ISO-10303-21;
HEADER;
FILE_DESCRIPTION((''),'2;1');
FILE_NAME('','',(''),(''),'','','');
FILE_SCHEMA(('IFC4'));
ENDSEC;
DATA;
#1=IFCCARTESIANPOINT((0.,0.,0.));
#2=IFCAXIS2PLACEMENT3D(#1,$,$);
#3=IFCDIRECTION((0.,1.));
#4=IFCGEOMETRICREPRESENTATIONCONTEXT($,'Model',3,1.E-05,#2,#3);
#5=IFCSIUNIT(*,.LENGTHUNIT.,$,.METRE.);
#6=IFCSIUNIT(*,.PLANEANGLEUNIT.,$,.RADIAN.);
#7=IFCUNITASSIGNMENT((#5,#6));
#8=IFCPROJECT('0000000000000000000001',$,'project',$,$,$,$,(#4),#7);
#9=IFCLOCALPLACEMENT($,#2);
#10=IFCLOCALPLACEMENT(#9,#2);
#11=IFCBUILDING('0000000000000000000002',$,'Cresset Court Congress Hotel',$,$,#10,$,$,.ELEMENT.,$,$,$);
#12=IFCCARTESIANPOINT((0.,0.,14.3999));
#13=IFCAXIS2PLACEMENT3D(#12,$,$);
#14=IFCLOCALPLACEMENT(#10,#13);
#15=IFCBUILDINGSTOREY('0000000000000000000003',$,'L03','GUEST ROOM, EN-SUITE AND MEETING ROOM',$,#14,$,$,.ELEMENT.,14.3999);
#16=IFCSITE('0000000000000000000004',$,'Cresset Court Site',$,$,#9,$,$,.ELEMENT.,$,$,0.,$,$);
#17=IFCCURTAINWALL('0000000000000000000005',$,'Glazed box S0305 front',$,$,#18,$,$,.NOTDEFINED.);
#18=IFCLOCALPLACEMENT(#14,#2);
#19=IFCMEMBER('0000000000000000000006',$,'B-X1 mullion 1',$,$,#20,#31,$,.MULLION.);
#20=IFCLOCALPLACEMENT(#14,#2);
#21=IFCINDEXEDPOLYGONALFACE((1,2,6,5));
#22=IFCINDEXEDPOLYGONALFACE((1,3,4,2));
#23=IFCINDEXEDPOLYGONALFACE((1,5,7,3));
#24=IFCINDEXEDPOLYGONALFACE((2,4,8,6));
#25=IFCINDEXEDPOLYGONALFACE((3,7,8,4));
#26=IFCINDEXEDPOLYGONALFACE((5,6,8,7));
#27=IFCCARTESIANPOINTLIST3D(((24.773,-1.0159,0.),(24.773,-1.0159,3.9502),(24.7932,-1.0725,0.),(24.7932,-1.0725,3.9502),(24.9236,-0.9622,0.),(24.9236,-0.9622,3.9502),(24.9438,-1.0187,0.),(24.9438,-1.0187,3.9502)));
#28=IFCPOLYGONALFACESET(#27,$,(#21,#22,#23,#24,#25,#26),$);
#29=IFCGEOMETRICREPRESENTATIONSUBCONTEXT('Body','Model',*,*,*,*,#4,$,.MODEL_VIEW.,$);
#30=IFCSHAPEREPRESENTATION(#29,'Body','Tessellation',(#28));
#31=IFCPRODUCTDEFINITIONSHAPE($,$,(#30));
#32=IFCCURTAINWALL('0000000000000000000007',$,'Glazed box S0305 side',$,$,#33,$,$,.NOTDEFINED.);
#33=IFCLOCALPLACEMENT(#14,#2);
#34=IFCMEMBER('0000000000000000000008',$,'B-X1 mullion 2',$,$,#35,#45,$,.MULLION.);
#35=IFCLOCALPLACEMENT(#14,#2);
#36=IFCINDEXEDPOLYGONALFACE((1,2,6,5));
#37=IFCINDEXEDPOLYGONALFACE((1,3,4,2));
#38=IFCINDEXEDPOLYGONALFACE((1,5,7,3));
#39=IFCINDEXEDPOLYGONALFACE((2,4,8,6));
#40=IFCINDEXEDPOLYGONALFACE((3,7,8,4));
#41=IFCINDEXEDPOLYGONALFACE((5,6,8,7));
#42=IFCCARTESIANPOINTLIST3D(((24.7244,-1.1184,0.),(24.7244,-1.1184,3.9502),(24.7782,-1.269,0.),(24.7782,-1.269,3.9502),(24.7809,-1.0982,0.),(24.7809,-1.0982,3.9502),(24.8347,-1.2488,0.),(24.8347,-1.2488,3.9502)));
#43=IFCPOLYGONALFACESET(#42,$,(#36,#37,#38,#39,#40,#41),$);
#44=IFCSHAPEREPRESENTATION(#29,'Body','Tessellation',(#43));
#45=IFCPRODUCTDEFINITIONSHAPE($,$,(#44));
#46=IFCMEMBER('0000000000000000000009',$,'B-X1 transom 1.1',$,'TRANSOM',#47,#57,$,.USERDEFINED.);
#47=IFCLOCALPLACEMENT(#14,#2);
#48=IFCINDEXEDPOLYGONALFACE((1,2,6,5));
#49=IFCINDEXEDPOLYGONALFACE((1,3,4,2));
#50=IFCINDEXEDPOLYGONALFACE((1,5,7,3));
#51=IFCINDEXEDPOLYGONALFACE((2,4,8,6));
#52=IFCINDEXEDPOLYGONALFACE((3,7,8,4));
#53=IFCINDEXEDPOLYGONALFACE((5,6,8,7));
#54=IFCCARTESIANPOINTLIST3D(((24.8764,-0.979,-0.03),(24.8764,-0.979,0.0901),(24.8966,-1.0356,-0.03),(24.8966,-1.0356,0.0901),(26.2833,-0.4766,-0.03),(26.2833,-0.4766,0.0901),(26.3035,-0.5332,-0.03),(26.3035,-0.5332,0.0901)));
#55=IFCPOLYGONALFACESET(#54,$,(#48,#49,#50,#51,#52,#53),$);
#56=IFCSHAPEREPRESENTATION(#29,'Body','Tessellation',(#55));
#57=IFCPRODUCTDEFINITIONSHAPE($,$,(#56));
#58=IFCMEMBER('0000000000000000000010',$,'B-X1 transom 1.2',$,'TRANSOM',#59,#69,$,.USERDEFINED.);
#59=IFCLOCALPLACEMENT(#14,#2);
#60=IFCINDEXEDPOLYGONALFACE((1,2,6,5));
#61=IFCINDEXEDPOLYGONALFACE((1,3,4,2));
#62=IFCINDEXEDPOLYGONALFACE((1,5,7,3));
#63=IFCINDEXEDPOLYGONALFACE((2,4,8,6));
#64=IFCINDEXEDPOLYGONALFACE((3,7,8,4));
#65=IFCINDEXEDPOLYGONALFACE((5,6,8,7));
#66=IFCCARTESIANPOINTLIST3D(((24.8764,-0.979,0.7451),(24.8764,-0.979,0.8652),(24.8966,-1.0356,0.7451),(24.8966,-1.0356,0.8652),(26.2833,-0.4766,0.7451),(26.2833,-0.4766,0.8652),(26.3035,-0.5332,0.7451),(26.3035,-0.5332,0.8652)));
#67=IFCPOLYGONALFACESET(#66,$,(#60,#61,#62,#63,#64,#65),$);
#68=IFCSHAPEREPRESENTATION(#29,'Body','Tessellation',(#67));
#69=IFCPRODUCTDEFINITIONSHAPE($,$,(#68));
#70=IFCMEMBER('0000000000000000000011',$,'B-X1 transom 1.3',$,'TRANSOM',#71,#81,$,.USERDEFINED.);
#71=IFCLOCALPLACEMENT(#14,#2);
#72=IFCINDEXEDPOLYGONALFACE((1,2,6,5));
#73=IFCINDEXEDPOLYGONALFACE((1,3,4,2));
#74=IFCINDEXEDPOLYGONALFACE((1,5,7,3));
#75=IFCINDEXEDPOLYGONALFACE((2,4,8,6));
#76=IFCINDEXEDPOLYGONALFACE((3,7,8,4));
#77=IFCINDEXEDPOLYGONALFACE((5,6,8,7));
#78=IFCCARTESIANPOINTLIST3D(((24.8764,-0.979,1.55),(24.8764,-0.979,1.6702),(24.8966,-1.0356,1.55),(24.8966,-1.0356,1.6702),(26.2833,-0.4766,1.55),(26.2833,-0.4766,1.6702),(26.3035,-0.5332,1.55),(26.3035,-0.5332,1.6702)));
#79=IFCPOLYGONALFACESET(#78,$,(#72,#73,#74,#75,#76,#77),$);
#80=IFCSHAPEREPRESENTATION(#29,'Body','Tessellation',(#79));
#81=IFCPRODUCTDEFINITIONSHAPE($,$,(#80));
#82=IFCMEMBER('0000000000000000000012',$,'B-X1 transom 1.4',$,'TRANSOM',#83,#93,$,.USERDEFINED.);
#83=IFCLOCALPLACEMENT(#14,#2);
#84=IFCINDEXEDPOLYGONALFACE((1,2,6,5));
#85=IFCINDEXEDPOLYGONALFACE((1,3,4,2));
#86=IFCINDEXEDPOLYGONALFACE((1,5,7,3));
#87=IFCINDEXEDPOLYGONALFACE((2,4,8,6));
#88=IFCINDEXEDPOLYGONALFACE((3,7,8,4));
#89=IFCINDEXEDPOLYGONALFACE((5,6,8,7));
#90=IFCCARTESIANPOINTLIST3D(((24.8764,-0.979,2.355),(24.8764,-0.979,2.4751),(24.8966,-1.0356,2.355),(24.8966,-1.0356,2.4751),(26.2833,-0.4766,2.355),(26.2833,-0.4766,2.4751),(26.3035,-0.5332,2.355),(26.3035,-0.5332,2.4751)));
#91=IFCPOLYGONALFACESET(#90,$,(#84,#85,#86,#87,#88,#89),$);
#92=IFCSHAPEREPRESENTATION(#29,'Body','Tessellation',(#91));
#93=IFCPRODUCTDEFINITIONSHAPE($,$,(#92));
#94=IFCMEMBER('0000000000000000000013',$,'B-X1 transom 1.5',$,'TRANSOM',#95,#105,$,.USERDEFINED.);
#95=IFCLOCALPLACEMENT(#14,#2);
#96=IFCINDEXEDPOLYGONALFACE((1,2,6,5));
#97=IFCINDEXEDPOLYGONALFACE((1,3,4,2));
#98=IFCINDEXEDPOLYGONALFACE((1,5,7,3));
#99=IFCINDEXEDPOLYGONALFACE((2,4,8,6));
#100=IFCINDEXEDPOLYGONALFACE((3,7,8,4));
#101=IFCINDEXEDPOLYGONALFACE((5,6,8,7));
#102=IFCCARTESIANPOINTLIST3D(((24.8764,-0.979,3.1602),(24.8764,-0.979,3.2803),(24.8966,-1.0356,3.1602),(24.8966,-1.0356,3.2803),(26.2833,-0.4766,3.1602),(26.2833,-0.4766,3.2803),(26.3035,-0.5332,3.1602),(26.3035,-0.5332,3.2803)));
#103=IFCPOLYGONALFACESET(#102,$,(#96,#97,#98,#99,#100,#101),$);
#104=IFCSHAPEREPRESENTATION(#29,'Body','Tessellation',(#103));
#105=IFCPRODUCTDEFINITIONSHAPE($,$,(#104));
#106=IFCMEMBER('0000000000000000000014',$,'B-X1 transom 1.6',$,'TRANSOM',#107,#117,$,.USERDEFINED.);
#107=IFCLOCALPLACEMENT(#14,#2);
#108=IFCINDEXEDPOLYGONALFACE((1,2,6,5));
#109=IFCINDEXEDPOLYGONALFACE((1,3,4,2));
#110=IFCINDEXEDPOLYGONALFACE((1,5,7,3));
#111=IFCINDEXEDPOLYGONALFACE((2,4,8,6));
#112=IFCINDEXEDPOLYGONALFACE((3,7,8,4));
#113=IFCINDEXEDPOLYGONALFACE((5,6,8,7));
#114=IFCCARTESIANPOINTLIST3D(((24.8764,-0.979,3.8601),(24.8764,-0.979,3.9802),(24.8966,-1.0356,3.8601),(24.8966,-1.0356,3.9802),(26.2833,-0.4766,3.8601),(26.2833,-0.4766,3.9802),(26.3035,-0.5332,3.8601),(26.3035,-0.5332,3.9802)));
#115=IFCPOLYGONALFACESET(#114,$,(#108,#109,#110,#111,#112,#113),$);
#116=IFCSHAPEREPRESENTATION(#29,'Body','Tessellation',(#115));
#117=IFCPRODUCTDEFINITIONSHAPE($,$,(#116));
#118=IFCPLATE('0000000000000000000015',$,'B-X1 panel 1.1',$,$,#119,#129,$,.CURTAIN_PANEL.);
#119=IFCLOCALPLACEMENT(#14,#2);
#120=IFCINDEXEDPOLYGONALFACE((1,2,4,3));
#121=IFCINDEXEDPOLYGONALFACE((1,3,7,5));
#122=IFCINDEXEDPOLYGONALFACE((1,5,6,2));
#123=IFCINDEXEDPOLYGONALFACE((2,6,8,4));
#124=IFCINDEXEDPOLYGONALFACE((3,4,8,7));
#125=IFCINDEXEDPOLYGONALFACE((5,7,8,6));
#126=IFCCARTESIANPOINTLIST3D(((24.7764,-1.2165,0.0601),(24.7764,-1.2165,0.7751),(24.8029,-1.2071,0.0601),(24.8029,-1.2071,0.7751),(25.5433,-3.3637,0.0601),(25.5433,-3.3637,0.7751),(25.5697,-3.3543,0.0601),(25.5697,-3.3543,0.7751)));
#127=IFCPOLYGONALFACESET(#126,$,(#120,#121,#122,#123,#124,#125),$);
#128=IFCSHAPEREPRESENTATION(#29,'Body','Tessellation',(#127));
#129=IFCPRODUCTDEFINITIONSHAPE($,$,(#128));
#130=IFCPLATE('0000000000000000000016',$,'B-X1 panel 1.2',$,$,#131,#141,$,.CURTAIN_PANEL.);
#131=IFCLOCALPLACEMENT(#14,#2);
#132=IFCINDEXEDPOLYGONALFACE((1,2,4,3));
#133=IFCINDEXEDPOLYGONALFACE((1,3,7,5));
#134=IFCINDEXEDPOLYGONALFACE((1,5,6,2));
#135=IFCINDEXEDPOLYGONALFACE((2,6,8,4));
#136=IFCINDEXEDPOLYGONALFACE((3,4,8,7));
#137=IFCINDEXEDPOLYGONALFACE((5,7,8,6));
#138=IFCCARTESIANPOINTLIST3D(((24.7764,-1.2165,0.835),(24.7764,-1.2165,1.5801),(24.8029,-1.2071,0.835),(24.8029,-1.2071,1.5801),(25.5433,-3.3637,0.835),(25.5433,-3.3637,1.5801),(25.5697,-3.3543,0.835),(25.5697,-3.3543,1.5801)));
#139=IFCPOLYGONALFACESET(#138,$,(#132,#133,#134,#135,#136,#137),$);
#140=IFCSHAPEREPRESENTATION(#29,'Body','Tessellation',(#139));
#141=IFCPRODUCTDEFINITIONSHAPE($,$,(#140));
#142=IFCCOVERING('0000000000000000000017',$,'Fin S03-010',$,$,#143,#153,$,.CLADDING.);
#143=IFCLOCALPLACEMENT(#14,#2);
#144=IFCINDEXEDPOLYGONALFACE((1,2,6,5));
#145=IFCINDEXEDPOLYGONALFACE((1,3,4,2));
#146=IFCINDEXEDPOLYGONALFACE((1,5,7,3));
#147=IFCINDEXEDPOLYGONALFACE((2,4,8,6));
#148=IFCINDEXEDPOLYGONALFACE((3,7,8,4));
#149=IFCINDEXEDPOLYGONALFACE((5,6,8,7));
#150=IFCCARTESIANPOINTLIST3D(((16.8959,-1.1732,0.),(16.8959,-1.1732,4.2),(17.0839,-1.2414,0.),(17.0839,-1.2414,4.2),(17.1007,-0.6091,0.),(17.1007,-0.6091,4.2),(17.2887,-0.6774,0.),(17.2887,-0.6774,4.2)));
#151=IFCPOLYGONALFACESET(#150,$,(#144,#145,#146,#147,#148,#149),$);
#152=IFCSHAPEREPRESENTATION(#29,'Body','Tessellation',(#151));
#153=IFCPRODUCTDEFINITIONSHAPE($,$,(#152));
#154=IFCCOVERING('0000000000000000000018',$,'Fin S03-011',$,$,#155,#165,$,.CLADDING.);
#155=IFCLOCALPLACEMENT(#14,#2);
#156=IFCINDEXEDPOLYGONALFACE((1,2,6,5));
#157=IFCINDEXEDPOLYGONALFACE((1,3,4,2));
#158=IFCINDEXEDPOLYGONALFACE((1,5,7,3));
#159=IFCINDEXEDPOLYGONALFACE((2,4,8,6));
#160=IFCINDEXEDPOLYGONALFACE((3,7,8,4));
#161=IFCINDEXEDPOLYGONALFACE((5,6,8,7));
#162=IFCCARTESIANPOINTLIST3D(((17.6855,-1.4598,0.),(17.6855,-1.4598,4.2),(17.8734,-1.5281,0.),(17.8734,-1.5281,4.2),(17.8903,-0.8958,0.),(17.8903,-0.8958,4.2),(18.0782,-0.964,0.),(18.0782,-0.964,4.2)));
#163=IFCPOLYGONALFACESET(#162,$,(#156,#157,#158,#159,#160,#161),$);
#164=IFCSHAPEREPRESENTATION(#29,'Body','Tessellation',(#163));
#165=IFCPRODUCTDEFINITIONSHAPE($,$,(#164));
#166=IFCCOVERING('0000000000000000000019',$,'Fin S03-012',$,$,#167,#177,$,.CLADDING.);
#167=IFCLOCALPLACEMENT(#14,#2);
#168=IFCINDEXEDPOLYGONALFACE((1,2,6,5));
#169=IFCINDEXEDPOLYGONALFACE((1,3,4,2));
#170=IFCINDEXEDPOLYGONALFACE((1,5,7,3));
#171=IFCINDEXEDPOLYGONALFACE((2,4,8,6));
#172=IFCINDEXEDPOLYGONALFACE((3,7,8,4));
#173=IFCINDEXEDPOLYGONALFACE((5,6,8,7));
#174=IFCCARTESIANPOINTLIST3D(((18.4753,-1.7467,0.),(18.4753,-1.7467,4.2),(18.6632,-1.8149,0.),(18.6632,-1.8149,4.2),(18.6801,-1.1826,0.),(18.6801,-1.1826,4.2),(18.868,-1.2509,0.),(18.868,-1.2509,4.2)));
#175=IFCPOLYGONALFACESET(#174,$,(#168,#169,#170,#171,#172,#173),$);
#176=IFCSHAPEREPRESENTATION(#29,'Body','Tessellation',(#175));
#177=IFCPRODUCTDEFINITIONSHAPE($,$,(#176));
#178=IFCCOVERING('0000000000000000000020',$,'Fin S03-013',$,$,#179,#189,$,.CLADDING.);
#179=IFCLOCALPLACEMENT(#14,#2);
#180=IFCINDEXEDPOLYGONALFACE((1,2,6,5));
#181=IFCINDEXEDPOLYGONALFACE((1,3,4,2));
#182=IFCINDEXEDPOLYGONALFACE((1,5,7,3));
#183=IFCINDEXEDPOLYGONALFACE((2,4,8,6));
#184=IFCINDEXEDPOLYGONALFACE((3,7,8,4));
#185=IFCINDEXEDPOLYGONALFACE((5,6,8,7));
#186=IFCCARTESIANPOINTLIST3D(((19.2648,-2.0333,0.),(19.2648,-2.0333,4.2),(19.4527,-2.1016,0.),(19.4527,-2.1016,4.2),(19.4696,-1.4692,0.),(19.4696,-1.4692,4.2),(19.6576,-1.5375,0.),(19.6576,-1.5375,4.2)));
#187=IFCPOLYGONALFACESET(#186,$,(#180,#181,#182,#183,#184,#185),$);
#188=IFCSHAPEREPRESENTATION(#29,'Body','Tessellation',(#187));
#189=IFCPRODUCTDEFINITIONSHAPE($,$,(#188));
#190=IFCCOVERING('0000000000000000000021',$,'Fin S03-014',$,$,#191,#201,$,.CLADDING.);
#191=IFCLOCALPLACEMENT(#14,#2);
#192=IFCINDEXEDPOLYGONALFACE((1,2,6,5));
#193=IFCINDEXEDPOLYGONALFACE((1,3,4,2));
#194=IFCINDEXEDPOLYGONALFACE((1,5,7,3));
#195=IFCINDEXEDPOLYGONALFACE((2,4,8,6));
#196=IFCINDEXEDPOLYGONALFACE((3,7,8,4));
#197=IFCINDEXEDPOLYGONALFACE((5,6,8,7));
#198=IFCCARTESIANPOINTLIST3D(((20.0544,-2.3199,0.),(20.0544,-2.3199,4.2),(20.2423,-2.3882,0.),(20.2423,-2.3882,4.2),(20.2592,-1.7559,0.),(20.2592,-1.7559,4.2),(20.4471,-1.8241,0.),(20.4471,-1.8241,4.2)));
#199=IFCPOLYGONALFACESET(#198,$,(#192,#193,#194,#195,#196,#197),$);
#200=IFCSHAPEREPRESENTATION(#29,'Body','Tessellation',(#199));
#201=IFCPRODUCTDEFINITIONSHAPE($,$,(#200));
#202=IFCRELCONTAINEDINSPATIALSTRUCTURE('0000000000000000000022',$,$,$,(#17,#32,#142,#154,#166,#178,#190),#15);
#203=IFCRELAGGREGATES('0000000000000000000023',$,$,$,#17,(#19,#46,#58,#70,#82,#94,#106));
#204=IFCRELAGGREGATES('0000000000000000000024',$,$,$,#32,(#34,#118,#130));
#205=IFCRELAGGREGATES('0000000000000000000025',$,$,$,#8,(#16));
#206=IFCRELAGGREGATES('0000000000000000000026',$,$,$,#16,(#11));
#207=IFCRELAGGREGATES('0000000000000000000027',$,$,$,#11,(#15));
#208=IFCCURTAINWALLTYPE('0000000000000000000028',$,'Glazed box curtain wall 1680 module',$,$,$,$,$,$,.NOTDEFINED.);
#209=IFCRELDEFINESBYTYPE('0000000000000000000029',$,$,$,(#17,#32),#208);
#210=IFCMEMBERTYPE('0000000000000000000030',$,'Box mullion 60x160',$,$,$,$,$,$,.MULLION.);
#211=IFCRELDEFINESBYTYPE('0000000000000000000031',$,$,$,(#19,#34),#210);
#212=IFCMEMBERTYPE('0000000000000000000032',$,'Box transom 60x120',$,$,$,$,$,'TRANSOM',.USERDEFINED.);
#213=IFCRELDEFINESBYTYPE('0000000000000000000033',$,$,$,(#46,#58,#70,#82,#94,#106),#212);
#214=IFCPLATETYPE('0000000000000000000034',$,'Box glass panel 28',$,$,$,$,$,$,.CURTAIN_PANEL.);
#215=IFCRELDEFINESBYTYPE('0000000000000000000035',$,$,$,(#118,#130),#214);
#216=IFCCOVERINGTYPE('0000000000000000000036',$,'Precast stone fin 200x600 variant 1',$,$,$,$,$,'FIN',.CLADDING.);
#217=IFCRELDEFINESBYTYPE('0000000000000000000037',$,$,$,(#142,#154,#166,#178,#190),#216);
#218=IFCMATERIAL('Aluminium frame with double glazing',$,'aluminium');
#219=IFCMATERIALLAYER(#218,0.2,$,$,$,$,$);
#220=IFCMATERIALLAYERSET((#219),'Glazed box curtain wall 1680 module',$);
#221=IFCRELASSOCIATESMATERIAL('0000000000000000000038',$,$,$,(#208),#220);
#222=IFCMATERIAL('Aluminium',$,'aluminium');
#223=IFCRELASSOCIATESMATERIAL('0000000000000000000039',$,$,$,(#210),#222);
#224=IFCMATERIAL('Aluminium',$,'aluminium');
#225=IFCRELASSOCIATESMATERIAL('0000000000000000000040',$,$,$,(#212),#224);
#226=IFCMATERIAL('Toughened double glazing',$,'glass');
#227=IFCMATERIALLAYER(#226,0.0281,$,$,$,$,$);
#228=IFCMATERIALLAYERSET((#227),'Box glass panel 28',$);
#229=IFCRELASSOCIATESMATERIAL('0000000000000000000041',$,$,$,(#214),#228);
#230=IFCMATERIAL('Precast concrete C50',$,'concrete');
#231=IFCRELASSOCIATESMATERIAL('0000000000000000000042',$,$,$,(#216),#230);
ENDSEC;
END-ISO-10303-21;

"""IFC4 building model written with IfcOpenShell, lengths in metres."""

from ifc_helpers import new_model, si_unit, direction, frame, origin, origin_2d, place, context, subcontext, project, spatial, rectangle, extrude, material, layer, layer_set, material_profile, profile_set, type_object, element, aggregate, save


model = new_model("IFC4")

# Units and contexts
model_context = context("Model", 3, precision=1e-05, world=origin(), true_north=direction((0.0, 1.0)))
body_context = subcontext(model_context, "Body", "Model", "MODEL_VIEW")
ifc_project = project(units=[si_unit("LENGTHUNIT", "METRE"), si_unit("PLANEANGLEUNIT", "RADIAN")], contexts=[model_context])

# Site, building, storey
site_placement = place(None, origin())
site = spatial("IfcSite", under=ifc_project, at=site_placement, Name="Cresset Court Site", CompositionType="ELEMENT", RefElevation=0.0)
building_placement = place(site_placement, origin())
building = spatial("IfcBuilding", under=site, at=building_placement, Name="Cresset Court Congress Hotel", CompositionType="ELEMENT")
storey_placement = place(building_placement, frame((0.0, 0.0, 14.3999)))
storey = spatial("IfcBuildingStorey", under=building, at=storey_placement, Name="L03", Description="GUEST ROOM, EN-SUITE AND MEETING ROOM", CompositionType="ELEMENT", Elevation=14.3999)

# Curtain walls, members
ifc_material_1 = material(Name="Aluminium frame with double glazing", Category="aluminium")
ifc_layer_1 = layer(ifc_material_1, 0.2)
ifc_layer_set_1 = layer_set([ifc_layer_1], Name="Glazed box curtain wall 1680 module")
curtain_wall_type = type_object("IfcCurtainWallType", Name="Glazed box curtain wall 1680 module", PredefinedType="NOTDEFINED", material=ifc_layer_set_1)
curtain_wall_1_placement = place(storey_placement, origin())
curtain_wall_1 = element("IfcCurtainWall", 1, at=curtain_wall_1_placement, inside=storey, type_object=curtain_wall_type, Name="Glazed box S0305 front", PredefinedType="NOTDEFINED")
ifc_material_2 = material(Name="Aluminium", Category="aluminium")
ifc_material_profile_1 = material_profile(ifc_material_2, rectangle(XDim=0.0601, YDim=0.1599, at=origin_2d()), Name="Box mullion 60x160")
ifc_profile_set_1 = profile_set([ifc_material_profile_1], Name="Aluminium")
member_type_1 = type_object("IfcMemberType", Name="Box mullion 60x160", PredefinedType="MULLION", material=ifc_profile_set_1)
member_1_placement = place(storey_placement, frame((24.8584, -1.0173, 0.0), z_axis=(0.0, 0.0, 1.0), x_axis=(-0.336336, 0.941742, 0.0)))
member_1 = element("IfcMember", 2, at=member_1_placement, type_object=member_type_1, Name="B-X1 mullion 1", PredefinedType="MULLION", context=body_context, shape_type="SweptSolid", body=[
    extrude(rectangle(XDim=0.0601, YDim=0.1599, at=origin_2d()), origin(), (0.0, 0.0, 1.0), 3.9502),
])
curtain_wall_2_placement = place(storey_placement, origin())
curtain_wall_2 = element("IfcCurtainWall", 3, at=curtain_wall_2_placement, inside=storey, type_object=curtain_wall_type, Name="Glazed box S0305 side", PredefinedType="NOTDEFINED")
member_2_placement = place(storey_placement, frame((24.7795, -1.1836, 0.0), z_axis=(0.0, 0.0, 1.0), x_axis=(-0.941742, -0.336336, 0.0)))
member_2 = element("IfcMember", 4, at=member_2_placement, type_object=member_type_1, Name="B-X1 mullion 2", PredefinedType="MULLION", context=body_context, shape_type="SweptSolid", body=[
    extrude(rectangle(XDim=0.0601, YDim=0.1599, at=origin_2d()), origin(), (0.0, 0.0, 1.0), 3.9502),
])

# Members
ifc_material_3 = material(Name="Aluminium", Category="aluminium")
ifc_material_profile_2 = material_profile(ifc_material_3, rectangle(XDim=0.0601, YDim=0.1201, at=origin_2d()), Name="Box transom 60x120")
ifc_profile_set_2 = profile_set([ifc_material_profile_2], Name="Aluminium")
member_type_2 = type_object("IfcMemberType", Name="Box transom 60x120", ElementType="TRANSOM", PredefinedType="USERDEFINED", material=ifc_profile_set_2)
member_3_placement = place(storey_placement, frame((24.8865, -1.0073, 0.03), z_axis=(0.941753, 0.336305, 0.0), x_axis=(-0.336305, 0.941753, 0.0)))
member_3 = element("IfcMember", 5, at=member_3_placement, type_object=member_type_2, Name="B-X1 transom 1.1", ObjectType="TRANSOM", PredefinedType="USERDEFINED", context=body_context, shape_type="SweptSolid", body=[
    extrude(rectangle(XDim=0.0601, YDim=0.1201, at=origin_2d()), origin(), (0.0, 0.0, 1.0), 1.4939),
])
member_4_placement = place(storey_placement, frame((24.8865, -1.0073, 0.8052), z_axis=(0.941753, 0.336305, 0.0), x_axis=(-0.336305, 0.941753, 0.0)))
member_4 = element("IfcMember", 6, at=member_4_placement, type_object=member_type_2, Name="B-X1 transom 1.2", ObjectType="TRANSOM", PredefinedType="USERDEFINED", context=body_context, shape_type="SweptSolid", body=[
    extrude(rectangle(XDim=0.0601, YDim=0.1201, at=origin_2d()), origin(), (0.0, 0.0, 1.0), 1.4939),
])
member_5_placement = place(storey_placement, frame((24.8865, -1.0073, 1.6101), z_axis=(0.941753, 0.336305, 0.0), x_axis=(-0.336305, 0.941753, 0.0)))
member_5 = element("IfcMember", 7, at=member_5_placement, type_object=member_type_2, Name="B-X1 transom 1.3", ObjectType="TRANSOM", PredefinedType="USERDEFINED", context=body_context, shape_type="SweptSolid", body=[
    extrude(rectangle(XDim=0.0601, YDim=0.1201, at=origin_2d()), origin(), (0.0, 0.0, 1.0), 1.4939),
])
member_6_placement = place(storey_placement, frame((24.8865, -1.0073, 2.415), z_axis=(0.941753, 0.336305, 0.0), x_axis=(-0.336305, 0.941753, 0.0)))
member_6 = element("IfcMember", 8, at=member_6_placement, type_object=member_type_2, Name="B-X1 transom 1.4", ObjectType="TRANSOM", PredefinedType="USERDEFINED", context=body_context, shape_type="SweptSolid", body=[
    extrude(rectangle(XDim=0.0601, YDim=0.1201, at=origin_2d()), origin(), (0.0, 0.0, 1.0), 1.4939),
])
member_7_placement = place(storey_placement, frame((24.8865, -1.0073, 3.2202), z_axis=(0.941753, 0.336305, 0.0), x_axis=(-0.336305, 0.941753, 0.0)))
member_7 = element("IfcMember", 9, at=member_7_placement, type_object=member_type_2, Name="B-X1 transom 1.5", ObjectType="TRANSOM", PredefinedType="USERDEFINED", context=body_context, shape_type="SweptSolid", body=[
    extrude(rectangle(XDim=0.0601, YDim=0.1201, at=origin_2d()), origin(), (0.0, 0.0, 1.0), 1.4939),
])
member_8_placement = place(storey_placement, frame((24.8865, -1.0073, 3.9202), z_axis=(0.941753, 0.336305, 0.0), x_axis=(-0.336305, 0.941753, 0.0)))
member_8 = element("IfcMember", 10, at=member_8_placement, type_object=member_type_2, Name="B-X1 transom 1.6", ObjectType="TRANSOM", PredefinedType="USERDEFINED", context=body_context, shape_type="SweptSolid", body=[
    extrude(rectangle(XDim=0.0601, YDim=0.1201, at=origin_2d()), origin(), (0.0, 0.0, 1.0), 1.4939),
])
aggregate(curtain_wall_1, [member_1, member_3, member_4, member_5, member_6, member_7, member_8])

# Plates
ifc_material_4 = material(Name="Toughened double glazing", Category="glass")
ifc_layer_2 = layer(ifc_material_4, 0.0281)
ifc_layer_set_2 = layer_set([ifc_layer_2], Name="Box glass panel 28")
plate_type = type_object("IfcPlateType", Name="Box glass panel 28", PredefinedType="CURTAIN_PANEL", material=ifc_layer_set_2)
plate_1_placement = place(storey_placement, frame((25.1731, -2.2854, 0.0601), z_axis=(0.0, 0.0, 1.0), x_axis=(-0.336336, 0.941742, 0.0)))
plate_1 = element("IfcPlate", 11, at=plate_1_placement, type_object=plate_type, Name="B-X1 panel 1.1", PredefinedType="CURTAIN_PANEL", context=body_context, shape_type="SweptSolid", body=[
    extrude(rectangle(XDim=2.28, YDim=0.0281, at=origin_2d()), origin(), (0.0, 0.0, 1.0), 0.7151),
])
plate_2_placement = place(storey_placement, frame((25.1731, -2.2854, 0.835), z_axis=(0.0, 0.0, 1.0), x_axis=(-0.336336, 0.941742, 0.0)))
plate_2 = element("IfcPlate", 12, at=plate_2_placement, type_object=plate_type, Name="B-X1 panel 1.2", PredefinedType="CURTAIN_PANEL", context=body_context, shape_type="SweptSolid", body=[
    extrude(rectangle(XDim=2.28, YDim=0.0281, at=origin_2d()), origin(), (0.0, 0.0, 1.0), 0.7451),
])
aggregate(curtain_wall_2, [member_2, plate_1, plate_2])

# Coverings
ifc_material_5 = material(Name="Precast concrete C50", Category="concrete")
covering_type_1 = type_object("IfcCoveringType", Name="Precast stone fin 200x600 variant 1", ElementType="FIN", PredefinedType="CLADDING", material=ifc_material_5)
for number, where, z_axis, x_axis, name in (
    (13, (17.0923, -0.9253, 0.0), (0.0, 0.0, 1.0), (0.939957, -0.341293, 0.0), "Fin S03-010"),
    (14, (17.8818, -1.2119, 0.0), (0.0, 0.0, 1.0), (0.939957, -0.341293, 0.0), "Fin S03-011"),
    (15, (18.6716, -1.4988, 0.0), (0.0, 0.0, 1.0), (0.939957, -0.341293, 0.0), "Fin S03-012"),
    (16, (19.4612, -1.7854, 0.0), (0.0, 0.0, 1.0), (0.939957, -0.341293, 0.0), "Fin S03-013"),
    (17, (20.2507, -2.072, 0.0), (0.0, 0.0, 1.0), (0.939957, -0.341293, 0.0), "Fin S03-014"),
):
    element("IfcCovering", number, at=place(storey_placement, frame(where, z_axis=z_axis, x_axis=x_axis)), inside=storey, type_object=covering_type_1, Name=name, PredefinedType="CLADDING", context=body_context, shape_type="SweptSolid", body=[
        extrude(rectangle(XDim=0.2, YDim=0.6001, at=origin_2d()), origin(), (0.0, 0.0, 1.0), 4.2),
    ])

save(model, "model.ifc")
